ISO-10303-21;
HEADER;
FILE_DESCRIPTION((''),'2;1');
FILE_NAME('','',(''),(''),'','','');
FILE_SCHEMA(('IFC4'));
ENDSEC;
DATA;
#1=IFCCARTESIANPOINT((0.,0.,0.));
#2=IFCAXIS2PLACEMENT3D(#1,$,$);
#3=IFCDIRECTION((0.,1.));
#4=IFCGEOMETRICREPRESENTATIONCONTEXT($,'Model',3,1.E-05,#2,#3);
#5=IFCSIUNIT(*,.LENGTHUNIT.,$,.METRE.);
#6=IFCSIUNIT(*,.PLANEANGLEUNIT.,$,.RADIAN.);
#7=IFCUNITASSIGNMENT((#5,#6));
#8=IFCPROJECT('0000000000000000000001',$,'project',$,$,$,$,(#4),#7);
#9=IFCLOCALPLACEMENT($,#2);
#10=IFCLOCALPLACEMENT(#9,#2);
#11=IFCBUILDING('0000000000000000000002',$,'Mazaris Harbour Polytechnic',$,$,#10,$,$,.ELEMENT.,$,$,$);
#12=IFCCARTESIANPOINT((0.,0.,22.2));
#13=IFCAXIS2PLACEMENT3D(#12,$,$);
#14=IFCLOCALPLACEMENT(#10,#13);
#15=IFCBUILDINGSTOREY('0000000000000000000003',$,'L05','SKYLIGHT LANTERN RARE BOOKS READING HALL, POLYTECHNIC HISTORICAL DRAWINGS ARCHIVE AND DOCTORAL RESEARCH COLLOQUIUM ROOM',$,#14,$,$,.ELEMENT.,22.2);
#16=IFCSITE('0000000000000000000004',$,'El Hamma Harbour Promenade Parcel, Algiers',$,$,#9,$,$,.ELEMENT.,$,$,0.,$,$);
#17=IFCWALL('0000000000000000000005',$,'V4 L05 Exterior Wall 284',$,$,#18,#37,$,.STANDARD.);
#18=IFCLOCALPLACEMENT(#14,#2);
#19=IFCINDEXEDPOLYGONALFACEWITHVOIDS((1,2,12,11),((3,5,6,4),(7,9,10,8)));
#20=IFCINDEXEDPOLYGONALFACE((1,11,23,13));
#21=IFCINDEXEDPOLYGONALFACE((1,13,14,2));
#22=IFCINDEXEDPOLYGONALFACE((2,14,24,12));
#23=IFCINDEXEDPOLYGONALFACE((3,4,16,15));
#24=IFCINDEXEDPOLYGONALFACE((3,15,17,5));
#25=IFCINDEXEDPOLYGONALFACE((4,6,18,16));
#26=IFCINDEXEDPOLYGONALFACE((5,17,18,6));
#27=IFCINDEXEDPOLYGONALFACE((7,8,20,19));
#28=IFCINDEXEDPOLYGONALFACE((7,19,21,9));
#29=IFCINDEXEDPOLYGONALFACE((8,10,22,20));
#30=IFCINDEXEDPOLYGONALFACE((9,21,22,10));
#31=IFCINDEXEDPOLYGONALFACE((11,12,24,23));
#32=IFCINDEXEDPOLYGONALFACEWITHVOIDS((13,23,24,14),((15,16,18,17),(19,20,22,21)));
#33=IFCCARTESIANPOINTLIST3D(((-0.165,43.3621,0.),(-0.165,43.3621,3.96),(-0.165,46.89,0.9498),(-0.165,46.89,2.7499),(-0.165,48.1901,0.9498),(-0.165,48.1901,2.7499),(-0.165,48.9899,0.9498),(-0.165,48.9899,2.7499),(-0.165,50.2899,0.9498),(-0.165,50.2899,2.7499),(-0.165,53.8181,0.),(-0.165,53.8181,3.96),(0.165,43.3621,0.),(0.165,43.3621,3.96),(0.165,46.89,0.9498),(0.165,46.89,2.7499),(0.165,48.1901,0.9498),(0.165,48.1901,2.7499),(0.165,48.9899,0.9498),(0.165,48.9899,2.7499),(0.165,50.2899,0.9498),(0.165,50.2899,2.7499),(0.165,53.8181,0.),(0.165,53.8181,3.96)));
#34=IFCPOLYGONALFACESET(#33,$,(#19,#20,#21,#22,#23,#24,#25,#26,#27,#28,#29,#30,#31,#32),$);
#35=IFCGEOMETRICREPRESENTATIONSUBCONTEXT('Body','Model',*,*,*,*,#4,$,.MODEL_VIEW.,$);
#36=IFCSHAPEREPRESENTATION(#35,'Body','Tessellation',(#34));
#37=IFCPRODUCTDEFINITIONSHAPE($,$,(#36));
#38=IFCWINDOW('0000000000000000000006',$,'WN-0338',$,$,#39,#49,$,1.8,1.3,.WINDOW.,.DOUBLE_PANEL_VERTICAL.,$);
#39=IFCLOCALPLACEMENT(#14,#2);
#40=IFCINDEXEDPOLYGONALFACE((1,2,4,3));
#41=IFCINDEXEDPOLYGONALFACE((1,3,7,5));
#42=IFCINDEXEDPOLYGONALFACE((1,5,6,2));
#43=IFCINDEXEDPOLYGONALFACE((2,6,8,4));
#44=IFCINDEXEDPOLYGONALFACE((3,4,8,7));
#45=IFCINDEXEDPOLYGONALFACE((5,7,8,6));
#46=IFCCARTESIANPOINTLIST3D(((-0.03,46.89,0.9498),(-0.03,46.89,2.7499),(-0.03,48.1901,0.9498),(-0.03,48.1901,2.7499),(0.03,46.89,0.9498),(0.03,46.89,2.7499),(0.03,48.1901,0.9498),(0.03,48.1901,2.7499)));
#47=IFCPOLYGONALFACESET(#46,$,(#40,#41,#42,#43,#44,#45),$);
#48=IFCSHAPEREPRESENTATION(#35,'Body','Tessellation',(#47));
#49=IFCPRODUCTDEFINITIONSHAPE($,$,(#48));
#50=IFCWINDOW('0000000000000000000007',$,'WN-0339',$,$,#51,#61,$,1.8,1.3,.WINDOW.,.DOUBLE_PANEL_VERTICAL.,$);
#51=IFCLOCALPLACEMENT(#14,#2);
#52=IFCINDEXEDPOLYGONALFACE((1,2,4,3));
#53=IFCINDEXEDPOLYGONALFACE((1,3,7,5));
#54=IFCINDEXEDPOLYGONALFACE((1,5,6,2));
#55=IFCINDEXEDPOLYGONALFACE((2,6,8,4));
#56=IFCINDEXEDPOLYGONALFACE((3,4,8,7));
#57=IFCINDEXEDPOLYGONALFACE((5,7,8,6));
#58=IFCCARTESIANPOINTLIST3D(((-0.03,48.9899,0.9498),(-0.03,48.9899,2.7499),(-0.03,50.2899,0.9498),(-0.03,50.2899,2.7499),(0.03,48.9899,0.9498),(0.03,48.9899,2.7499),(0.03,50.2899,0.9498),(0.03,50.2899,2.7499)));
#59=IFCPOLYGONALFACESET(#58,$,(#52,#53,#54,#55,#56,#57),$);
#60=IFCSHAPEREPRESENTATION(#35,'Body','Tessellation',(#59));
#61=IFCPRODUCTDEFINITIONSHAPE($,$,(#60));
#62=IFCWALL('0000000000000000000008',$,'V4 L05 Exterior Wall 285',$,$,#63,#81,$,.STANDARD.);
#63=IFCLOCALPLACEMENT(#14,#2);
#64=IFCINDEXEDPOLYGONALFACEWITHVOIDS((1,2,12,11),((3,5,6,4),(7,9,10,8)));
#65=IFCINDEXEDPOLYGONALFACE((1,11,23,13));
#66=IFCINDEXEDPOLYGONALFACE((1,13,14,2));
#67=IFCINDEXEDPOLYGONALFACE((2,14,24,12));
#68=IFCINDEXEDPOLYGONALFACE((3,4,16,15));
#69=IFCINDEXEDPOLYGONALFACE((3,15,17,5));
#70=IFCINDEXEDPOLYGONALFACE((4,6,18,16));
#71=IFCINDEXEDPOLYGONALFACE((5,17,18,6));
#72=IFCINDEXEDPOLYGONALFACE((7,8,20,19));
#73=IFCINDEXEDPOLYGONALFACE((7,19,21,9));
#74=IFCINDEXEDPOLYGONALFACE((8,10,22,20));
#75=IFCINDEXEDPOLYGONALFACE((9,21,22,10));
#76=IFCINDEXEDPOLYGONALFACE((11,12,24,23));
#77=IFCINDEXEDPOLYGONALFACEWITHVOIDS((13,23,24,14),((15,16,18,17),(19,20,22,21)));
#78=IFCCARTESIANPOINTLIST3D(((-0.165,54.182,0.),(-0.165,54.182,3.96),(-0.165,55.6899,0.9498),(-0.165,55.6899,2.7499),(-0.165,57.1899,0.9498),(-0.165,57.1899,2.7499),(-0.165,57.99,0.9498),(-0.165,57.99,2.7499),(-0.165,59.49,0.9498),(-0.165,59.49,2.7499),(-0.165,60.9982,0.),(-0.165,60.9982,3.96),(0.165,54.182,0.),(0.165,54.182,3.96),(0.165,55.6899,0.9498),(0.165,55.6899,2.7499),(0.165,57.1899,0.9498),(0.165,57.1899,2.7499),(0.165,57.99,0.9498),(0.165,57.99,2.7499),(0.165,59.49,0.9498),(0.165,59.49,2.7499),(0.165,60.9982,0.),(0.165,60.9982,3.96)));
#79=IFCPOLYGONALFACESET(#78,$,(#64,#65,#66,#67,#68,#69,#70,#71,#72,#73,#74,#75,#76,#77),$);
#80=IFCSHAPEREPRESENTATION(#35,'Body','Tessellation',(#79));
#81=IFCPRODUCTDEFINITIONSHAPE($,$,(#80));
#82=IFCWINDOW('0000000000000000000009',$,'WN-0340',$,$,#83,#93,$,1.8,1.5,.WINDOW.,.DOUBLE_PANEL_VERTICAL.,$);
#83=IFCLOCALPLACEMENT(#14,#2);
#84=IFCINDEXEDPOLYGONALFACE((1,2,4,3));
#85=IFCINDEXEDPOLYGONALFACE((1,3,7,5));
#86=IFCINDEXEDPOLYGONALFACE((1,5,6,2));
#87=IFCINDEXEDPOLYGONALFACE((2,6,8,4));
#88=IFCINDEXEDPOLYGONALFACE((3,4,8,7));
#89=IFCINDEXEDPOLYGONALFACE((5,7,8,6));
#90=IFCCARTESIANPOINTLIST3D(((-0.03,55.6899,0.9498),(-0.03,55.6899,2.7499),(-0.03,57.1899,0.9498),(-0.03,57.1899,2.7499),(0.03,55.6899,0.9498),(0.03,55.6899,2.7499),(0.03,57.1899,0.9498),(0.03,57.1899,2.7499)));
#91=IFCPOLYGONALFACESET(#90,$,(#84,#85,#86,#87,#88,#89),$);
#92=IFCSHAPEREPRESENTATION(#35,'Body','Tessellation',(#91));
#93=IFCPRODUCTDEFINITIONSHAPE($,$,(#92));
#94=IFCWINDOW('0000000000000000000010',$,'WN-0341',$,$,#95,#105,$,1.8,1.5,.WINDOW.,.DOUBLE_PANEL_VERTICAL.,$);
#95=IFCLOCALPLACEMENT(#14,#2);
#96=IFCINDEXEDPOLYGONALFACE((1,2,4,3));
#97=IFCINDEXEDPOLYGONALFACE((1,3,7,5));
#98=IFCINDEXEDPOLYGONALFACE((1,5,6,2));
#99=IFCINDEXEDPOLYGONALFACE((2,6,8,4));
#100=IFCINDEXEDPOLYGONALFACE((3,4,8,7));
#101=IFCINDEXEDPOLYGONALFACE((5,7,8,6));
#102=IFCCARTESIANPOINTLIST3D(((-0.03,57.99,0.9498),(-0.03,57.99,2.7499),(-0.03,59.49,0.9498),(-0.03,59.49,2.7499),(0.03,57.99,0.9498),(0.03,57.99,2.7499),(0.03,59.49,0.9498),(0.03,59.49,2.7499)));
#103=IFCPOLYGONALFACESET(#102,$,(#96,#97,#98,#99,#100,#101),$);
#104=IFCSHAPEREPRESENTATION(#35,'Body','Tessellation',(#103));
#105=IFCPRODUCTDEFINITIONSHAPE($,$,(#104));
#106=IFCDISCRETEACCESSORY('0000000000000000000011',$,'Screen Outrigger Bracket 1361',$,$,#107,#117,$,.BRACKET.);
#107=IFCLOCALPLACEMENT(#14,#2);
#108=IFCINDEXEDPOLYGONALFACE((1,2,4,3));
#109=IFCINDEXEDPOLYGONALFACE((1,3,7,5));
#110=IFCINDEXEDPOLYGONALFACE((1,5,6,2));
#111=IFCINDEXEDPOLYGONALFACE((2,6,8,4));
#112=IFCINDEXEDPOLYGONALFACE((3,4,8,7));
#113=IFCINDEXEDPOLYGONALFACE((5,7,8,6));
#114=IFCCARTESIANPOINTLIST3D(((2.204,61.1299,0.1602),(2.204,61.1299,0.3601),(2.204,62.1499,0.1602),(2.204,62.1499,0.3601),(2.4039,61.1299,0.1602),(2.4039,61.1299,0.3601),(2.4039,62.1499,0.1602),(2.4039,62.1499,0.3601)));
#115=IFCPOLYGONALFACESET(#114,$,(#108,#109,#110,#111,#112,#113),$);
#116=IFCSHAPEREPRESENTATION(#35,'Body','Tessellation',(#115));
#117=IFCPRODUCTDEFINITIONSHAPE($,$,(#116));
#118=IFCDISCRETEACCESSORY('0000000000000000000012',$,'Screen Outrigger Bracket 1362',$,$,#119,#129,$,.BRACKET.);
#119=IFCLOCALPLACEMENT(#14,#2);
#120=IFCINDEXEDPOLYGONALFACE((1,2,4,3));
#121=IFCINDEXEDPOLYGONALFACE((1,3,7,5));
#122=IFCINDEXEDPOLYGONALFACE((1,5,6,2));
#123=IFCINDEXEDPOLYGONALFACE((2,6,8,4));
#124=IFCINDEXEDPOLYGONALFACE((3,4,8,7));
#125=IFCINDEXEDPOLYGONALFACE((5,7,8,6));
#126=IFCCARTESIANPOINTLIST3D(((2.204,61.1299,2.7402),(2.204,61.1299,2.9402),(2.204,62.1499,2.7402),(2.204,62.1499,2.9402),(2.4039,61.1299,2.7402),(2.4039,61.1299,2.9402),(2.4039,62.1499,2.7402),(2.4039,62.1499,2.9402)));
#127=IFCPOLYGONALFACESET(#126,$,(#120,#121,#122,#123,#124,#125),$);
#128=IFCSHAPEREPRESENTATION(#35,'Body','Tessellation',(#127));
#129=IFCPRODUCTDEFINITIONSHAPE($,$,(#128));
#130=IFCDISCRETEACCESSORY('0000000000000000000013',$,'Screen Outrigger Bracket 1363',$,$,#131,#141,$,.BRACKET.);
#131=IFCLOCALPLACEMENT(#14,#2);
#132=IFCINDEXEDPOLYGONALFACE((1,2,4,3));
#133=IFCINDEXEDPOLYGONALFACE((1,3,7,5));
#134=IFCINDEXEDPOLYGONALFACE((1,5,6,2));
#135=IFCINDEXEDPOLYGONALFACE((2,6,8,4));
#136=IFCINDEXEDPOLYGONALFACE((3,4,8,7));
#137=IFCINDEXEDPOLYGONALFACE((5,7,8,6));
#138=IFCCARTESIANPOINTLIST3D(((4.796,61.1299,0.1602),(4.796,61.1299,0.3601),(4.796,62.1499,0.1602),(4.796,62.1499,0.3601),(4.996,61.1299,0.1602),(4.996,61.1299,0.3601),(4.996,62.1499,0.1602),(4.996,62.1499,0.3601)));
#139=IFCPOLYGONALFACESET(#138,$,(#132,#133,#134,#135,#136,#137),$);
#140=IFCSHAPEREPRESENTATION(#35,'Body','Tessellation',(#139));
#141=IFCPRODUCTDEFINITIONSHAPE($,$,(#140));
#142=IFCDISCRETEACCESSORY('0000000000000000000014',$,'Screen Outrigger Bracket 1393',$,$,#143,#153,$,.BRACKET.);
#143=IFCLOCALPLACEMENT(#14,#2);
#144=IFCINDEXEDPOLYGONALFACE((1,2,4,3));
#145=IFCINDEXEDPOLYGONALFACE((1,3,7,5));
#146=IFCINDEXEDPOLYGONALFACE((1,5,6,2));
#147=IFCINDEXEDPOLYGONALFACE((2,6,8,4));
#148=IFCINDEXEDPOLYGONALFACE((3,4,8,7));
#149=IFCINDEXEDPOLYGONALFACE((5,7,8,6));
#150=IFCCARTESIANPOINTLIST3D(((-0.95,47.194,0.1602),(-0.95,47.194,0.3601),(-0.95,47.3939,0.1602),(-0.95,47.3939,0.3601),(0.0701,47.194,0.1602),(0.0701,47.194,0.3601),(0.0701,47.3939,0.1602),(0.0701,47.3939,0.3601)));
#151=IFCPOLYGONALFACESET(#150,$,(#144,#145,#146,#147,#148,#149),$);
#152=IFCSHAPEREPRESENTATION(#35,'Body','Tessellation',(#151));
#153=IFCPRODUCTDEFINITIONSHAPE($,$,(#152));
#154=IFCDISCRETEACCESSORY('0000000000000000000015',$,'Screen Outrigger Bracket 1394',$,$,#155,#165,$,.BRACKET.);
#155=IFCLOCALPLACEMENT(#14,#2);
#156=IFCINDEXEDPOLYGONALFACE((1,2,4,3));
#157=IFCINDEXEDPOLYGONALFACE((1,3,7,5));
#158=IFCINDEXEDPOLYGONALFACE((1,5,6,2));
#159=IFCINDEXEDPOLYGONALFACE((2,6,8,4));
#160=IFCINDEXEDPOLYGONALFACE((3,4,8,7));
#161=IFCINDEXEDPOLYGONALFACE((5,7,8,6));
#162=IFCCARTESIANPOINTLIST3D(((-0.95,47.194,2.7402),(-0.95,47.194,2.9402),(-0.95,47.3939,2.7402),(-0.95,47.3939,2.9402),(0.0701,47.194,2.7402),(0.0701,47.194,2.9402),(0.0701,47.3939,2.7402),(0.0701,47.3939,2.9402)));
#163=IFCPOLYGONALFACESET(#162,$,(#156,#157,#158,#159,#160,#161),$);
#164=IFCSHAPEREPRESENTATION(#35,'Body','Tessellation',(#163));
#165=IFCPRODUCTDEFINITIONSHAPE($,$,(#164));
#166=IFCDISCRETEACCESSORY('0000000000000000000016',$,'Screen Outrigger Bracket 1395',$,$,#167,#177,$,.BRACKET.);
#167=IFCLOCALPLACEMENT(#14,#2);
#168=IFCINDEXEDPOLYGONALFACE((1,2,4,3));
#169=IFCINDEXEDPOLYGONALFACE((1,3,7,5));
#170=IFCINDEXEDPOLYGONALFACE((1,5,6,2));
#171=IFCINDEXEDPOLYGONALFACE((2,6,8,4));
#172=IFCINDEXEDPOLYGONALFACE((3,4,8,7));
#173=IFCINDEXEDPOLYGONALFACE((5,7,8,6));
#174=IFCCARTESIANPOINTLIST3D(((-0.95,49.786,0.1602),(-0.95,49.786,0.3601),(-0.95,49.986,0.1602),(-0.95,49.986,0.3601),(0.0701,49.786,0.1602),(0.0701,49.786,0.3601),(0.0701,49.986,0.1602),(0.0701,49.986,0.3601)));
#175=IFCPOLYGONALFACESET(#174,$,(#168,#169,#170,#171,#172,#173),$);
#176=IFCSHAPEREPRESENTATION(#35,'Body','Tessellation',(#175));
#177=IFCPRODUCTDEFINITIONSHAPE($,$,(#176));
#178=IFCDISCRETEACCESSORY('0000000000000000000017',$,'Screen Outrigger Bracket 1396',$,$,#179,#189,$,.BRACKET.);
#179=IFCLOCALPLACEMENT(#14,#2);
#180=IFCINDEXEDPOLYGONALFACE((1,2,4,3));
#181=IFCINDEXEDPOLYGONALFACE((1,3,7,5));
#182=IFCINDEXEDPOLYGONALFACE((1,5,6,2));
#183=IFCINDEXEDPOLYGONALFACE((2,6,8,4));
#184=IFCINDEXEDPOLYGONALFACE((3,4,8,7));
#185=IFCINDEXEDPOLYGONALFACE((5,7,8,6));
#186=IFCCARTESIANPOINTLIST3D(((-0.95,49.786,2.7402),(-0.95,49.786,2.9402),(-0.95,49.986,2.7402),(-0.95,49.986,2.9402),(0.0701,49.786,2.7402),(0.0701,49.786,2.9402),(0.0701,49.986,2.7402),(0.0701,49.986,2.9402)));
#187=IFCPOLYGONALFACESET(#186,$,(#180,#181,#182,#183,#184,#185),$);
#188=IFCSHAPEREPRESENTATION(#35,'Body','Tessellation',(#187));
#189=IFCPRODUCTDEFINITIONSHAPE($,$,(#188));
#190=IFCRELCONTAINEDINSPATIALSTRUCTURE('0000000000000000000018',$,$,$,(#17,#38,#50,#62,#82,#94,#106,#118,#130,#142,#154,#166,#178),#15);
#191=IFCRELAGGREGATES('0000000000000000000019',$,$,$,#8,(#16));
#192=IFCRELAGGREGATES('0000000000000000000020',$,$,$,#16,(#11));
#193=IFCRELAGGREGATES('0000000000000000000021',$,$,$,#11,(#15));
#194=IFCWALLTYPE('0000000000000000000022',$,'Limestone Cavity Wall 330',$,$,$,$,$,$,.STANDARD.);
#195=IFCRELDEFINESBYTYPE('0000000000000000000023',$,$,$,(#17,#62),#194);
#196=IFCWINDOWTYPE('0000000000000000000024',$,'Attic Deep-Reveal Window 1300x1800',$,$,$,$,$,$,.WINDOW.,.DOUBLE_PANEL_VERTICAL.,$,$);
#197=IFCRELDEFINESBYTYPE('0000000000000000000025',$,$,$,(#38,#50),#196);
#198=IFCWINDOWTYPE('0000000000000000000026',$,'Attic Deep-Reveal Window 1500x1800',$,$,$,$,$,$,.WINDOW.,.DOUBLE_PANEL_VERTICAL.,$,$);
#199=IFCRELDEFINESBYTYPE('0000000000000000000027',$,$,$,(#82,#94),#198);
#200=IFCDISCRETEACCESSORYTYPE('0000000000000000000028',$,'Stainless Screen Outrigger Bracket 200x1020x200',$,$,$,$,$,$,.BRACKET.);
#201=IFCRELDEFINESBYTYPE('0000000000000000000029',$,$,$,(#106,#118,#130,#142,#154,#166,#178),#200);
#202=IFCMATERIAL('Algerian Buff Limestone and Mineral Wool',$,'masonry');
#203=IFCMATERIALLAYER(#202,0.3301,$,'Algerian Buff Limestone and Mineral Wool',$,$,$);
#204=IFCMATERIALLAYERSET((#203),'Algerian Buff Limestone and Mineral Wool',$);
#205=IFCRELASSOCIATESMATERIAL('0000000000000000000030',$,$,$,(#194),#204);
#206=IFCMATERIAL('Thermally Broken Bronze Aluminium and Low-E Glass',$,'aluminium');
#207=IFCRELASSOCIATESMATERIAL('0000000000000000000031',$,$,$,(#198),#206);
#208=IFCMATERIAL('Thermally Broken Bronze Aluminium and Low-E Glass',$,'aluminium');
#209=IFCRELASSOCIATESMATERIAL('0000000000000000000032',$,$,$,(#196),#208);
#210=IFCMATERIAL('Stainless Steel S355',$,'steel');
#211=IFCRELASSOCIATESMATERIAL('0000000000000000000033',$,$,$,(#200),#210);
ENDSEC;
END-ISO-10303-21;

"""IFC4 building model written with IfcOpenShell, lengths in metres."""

from ifc_helpers import new_model, si_unit, direction, frame, frame_2d, origin, origin_2d, place, context, subcontext, project, spatial, rectangle, extrude, material, layer, layer_set, type_object, element, fill, save


model = new_model("IFC4")

# Units and contexts
model_context = context("Model", 3, precision=1e-05, world=origin(), true_north=direction((0.0, 1.0)))
body_context = subcontext(model_context, "Body", "Model", "MODEL_VIEW")
ifc_project = project(units=[si_unit("LENGTHUNIT", "METRE"), si_unit("PLANEANGLEUNIT", "RADIAN")], contexts=[model_context])

# Site, building, storey
site_placement = place(None, origin())
site = spatial("IfcSite", under=ifc_project, at=site_placement, Name="El Hamma Harbour Promenade Parcel, Algiers", CompositionType="ELEMENT", RefElevation=0.0)
building_placement = place(site_placement, origin())
building = spatial("IfcBuilding", under=site, at=building_placement, Name="Mazaris Harbour Polytechnic", CompositionType="ELEMENT")
storey_placement = place(building_placement, frame((0.0, 0.0, 22.2)))
storey = spatial("IfcBuildingStorey", under=building, at=storey_placement, Name="L05", Description="SKYLIGHT LANTERN RARE BOOKS READING HALL, POLYTECHNIC HISTORICAL DRAWINGS ARCHIVE AND DOCTORAL RESEARCH COLLOQUIUM ROOM", CompositionType="ELEMENT", Elevation=22.2)

# Walls, openings, windows
ifc_material_1 = material(Name="Algerian Buff Limestone and Mineral Wool", Category="masonry")
ifc_layer_1 = layer(ifc_material_1, 0.3301, Name="Algerian Buff Limestone and Mineral Wool")
ifc_layer_set_1 = layer_set([ifc_layer_1], Name="Algerian Buff Limestone and Mineral Wool")
wall_type_1 = type_object("IfcWallType", Name="Limestone Cavity Wall 330", PredefinedType="STANDARD", material=ifc_layer_set_1)
ifc_material_2 = material(Name="Thermally Broken Bronze Aluminium and Low-E Glass", Category="aluminium")
window_type_1 = type_object("IfcWindowType", Name="Attic Deep-Reveal Window 1500x1800", PartitioningType="DOUBLE_PANEL_VERTICAL", PredefinedType="WINDOW", material=ifc_material_2)
wall_1_placement = place(storey_placement, frame((0.0, 43.3621, 0.0), z_axis=(0.0, 0.0, 1.0), x_axis=(0.0, 1.0, 0.0)))
wall_1 = element("IfcWall", 1, at=wall_1_placement, inside=storey, type_object=wall_type_1, Name="V4 L05 Exterior Wall 284", PredefinedType="STANDARD", context=body_context, shape_type="SweptSolid", body=[
    extrude(rectangle(XDim=10.4561, YDim=0.3301, at=frame_2d((5.228, 0.0))), origin(), (0.0, 0.0, 1.0), 3.96),
])
opening_1_placement = place(wall_1_placement, frame((3.5281, 0.0, 0.95)))
opening_1 = element("IfcOpeningElement", 2, at=opening_1_placement, cuts=wall_1, PredefinedType="OPENING", context=body_context, shape_type="SweptSolid", body=[
    extrude(rectangle(XDim=1.3, YDim=1.8, at=frame_2d((0.6499, 0.8999))), frame((0.0, 0.175, 0.0), z_axis=(0.0, -1.0, 0.0), x_axis=(1.0, 0.0, 0.0)), (0.0, 0.0, 1.0), 0.3501),
])
opening_2_placement = place(wall_1_placement, frame((5.6279, 0.0, 0.95)))
opening_2 = element("IfcOpeningElement", 3, at=opening_2_placement, cuts=wall_1, PredefinedType="OPENING", context=body_context, shape_type="SweptSolid", body=[
    extrude(rectangle(XDim=1.3, YDim=1.8, at=frame_2d((0.6499, 0.8999))), frame((0.0, 0.175, 0.0), z_axis=(0.0, -1.0, 0.0), x_axis=(1.0, 0.0, 0.0)), (0.0, 0.0, 1.0), 0.3501),
])
ifc_material_3 = material(Name="Thermally Broken Bronze Aluminium and Low-E Glass", Category="aluminium")
window_type_2 = type_object("IfcWindowType", Name="Attic Deep-Reveal Window 1300x1800", PartitioningType="DOUBLE_PANEL_VERTICAL", PredefinedType="WINDOW", material=ifc_material_3)
window_1_placement = place(opening_1_placement, origin())
window_1 = element("IfcWindow", 4, at=window_1_placement, inside=storey, type_object=window_type_2, Name="WN-0338", OverallHeight=1.8, OverallWidth=1.3, PartitioningType="DOUBLE_PANEL_VERTICAL", PredefinedType="WINDOW", context=body_context, shape_type="SweptSolid", body=[
    extrude(rectangle(XDim=1.3, YDim=1.8, at=frame_2d((0.6499, 0.8999))), frame((0.0, 0.03, 0.0), z_axis=(0.0, -1.0, 0.0), x_axis=(1.0, 0.0, 0.0)), (0.0, 0.0, 1.0), 0.0601),
])
fill(opening_1, window_1)
window_2_placement = place(opening_2_placement, origin())
window_2 = element("IfcWindow", 5, at=window_2_placement, inside=storey, type_object=window_type_2, Name="WN-0339", OverallHeight=1.8, OverallWidth=1.3, PartitioningType="DOUBLE_PANEL_VERTICAL", PredefinedType="WINDOW", context=body_context, shape_type="SweptSolid", body=[
    extrude(rectangle(XDim=1.3, YDim=1.8, at=frame_2d((0.6499, 0.8999))), frame((0.0, 0.03, 0.0), z_axis=(0.0, -1.0, 0.0), x_axis=(1.0, 0.0, 0.0)), (0.0, 0.0, 1.0), 0.0601),
])
fill(opening_2, window_2)
wall_2_placement = place(storey_placement, frame((0.0, 54.1819, 0.0), z_axis=(0.0, 0.0, 1.0), x_axis=(0.0, 1.0, 0.0)))
wall_2 = element("IfcWall", 6, at=wall_2_placement, inside=storey, type_object=wall_type_1, Name="V4 L05 Exterior Wall 285", PredefinedType="STANDARD", context=body_context, shape_type="SweptSolid", body=[
    extrude(rectangle(XDim=6.8162, YDim=0.3301, at=frame_2d((3.4082, 0.0))), origin(), (0.0, 0.0, 1.0), 3.96),
])
opening_3_placement = place(wall_2_placement, frame((1.5081, 0.0, 0.95)))
opening_3 = element("IfcOpeningElement", 7, at=opening_3_placement, cuts=wall_2, PredefinedType="OPENING", context=body_context, shape_type="SweptSolid", body=[
    extrude(rectangle(XDim=1.5, YDim=1.8, at=frame_2d((0.75, 0.8999))), frame((0.0, 0.175, 0.0), z_axis=(0.0, -1.0, 0.0), x_axis=(1.0, 0.0, 0.0)), (0.0, 0.0, 1.0), 0.3501),
])
opening_4_placement = place(wall_2_placement, frame((3.8081, 0.0, 0.95)))
opening_4 = element("IfcOpeningElement", 8, at=opening_4_placement, cuts=wall_2, PredefinedType="OPENING", context=body_context, shape_type="SweptSolid", body=[
    extrude(rectangle(XDim=1.5, YDim=1.8, at=frame_2d((0.75, 0.8999))), frame((0.0, 0.175, 0.0), z_axis=(0.0, -1.0, 0.0), x_axis=(1.0, 0.0, 0.0)), (0.0, 0.0, 1.0), 0.3501),
])
window_3_placement = place(opening_3_placement, origin())
window_3 = element("IfcWindow", 9, at=window_3_placement, inside=storey, type_object=window_type_1, Name="WN-0340", OverallHeight=1.8, OverallWidth=1.5, PartitioningType="DOUBLE_PANEL_VERTICAL", PredefinedType="WINDOW", context=body_context, shape_type="SweptSolid", body=[
    extrude(rectangle(XDim=1.5, YDim=1.8, at=frame_2d((0.75, 0.8999))), frame((0.0, 0.03, 0.0), z_axis=(0.0, -1.0, 0.0), x_axis=(1.0, 0.0, 0.0)), (0.0, 0.0, 1.0), 0.0601),
])
fill(opening_3, window_3)
window_4_placement = place(opening_4_placement, origin())
window_4 = element("IfcWindow", 10, at=window_4_placement, inside=storey, type_object=window_type_1, Name="WN-0341", OverallHeight=1.8, OverallWidth=1.5, PartitioningType="DOUBLE_PANEL_VERTICAL", PredefinedType="WINDOW", context=body_context, shape_type="SweptSolid", body=[
    extrude(rectangle(XDim=1.5, YDim=1.8, at=frame_2d((0.75, 0.8999))), frame((0.0, 0.03, 0.0), z_axis=(0.0, -1.0, 0.0), x_axis=(1.0, 0.0, 0.0)), (0.0, 0.0, 1.0), 0.0601),
])
fill(opening_4, window_4)

# Discrete accessories
ifc_material_4 = material(Name="Stainless Steel S355", Category="steel")
discrete_accessory_type = type_object("IfcDiscreteAccessoryType", Name="Stainless Screen Outrigger Bracket 200x1020x200", PredefinedType="BRACKET", material=ifc_material_4)
for number, where, z_axis, x_axis, name in (
    (11, (2.304, 61.6399, 0.1602), (0.0, 0.0, 1.0), (1.0, 0.0, 0.0), "Screen Outrigger Bracket 1361"),
    (12, (2.304, 61.6399, 2.7402), (0.0, 0.0, 1.0), (1.0, 0.0, 0.0), "Screen Outrigger Bracket 1362"),
    (13, (4.896, 61.6399, 0.1602), (0.0, 0.0, 1.0), (1.0, 0.0, 0.0), "Screen Outrigger Bracket 1363"),
    (14, (-0.4399, 47.2939, 0.1602), (0.0, 0.0, 1.0), (0.0, 1.0, 0.0), "Screen Outrigger Bracket 1393"),
    (15, (-0.4399, 47.2939, 2.7402), (0.0, 0.0, 1.0), (0.0, 1.0, 0.0), "Screen Outrigger Bracket 1394"),
    (16, (-0.4399, 49.886, 0.1602), (0.0, 0.0, 1.0), (0.0, 1.0, 0.0), "Screen Outrigger Bracket 1395"),
    (17, (-0.4399, 49.886, 2.7402), (0.0, 0.0, 1.0), (0.0, 1.0, 0.0), "Screen Outrigger Bracket 1396"),
):
    element("IfcDiscreteAccessory", number, at=place(storey_placement, frame(where, z_axis=z_axis, x_axis=x_axis)), inside=storey, type_object=discrete_accessory_type, Name=name, PredefinedType="BRACKET", context=body_context, shape_type="SweptSolid", body=[
        extrude(rectangle(XDim=0.2, YDim=1.02, at=origin_2d()), origin(), (0.0, 0.0, 1.0), 0.2),
    ])

save(model, "model.ifc")
